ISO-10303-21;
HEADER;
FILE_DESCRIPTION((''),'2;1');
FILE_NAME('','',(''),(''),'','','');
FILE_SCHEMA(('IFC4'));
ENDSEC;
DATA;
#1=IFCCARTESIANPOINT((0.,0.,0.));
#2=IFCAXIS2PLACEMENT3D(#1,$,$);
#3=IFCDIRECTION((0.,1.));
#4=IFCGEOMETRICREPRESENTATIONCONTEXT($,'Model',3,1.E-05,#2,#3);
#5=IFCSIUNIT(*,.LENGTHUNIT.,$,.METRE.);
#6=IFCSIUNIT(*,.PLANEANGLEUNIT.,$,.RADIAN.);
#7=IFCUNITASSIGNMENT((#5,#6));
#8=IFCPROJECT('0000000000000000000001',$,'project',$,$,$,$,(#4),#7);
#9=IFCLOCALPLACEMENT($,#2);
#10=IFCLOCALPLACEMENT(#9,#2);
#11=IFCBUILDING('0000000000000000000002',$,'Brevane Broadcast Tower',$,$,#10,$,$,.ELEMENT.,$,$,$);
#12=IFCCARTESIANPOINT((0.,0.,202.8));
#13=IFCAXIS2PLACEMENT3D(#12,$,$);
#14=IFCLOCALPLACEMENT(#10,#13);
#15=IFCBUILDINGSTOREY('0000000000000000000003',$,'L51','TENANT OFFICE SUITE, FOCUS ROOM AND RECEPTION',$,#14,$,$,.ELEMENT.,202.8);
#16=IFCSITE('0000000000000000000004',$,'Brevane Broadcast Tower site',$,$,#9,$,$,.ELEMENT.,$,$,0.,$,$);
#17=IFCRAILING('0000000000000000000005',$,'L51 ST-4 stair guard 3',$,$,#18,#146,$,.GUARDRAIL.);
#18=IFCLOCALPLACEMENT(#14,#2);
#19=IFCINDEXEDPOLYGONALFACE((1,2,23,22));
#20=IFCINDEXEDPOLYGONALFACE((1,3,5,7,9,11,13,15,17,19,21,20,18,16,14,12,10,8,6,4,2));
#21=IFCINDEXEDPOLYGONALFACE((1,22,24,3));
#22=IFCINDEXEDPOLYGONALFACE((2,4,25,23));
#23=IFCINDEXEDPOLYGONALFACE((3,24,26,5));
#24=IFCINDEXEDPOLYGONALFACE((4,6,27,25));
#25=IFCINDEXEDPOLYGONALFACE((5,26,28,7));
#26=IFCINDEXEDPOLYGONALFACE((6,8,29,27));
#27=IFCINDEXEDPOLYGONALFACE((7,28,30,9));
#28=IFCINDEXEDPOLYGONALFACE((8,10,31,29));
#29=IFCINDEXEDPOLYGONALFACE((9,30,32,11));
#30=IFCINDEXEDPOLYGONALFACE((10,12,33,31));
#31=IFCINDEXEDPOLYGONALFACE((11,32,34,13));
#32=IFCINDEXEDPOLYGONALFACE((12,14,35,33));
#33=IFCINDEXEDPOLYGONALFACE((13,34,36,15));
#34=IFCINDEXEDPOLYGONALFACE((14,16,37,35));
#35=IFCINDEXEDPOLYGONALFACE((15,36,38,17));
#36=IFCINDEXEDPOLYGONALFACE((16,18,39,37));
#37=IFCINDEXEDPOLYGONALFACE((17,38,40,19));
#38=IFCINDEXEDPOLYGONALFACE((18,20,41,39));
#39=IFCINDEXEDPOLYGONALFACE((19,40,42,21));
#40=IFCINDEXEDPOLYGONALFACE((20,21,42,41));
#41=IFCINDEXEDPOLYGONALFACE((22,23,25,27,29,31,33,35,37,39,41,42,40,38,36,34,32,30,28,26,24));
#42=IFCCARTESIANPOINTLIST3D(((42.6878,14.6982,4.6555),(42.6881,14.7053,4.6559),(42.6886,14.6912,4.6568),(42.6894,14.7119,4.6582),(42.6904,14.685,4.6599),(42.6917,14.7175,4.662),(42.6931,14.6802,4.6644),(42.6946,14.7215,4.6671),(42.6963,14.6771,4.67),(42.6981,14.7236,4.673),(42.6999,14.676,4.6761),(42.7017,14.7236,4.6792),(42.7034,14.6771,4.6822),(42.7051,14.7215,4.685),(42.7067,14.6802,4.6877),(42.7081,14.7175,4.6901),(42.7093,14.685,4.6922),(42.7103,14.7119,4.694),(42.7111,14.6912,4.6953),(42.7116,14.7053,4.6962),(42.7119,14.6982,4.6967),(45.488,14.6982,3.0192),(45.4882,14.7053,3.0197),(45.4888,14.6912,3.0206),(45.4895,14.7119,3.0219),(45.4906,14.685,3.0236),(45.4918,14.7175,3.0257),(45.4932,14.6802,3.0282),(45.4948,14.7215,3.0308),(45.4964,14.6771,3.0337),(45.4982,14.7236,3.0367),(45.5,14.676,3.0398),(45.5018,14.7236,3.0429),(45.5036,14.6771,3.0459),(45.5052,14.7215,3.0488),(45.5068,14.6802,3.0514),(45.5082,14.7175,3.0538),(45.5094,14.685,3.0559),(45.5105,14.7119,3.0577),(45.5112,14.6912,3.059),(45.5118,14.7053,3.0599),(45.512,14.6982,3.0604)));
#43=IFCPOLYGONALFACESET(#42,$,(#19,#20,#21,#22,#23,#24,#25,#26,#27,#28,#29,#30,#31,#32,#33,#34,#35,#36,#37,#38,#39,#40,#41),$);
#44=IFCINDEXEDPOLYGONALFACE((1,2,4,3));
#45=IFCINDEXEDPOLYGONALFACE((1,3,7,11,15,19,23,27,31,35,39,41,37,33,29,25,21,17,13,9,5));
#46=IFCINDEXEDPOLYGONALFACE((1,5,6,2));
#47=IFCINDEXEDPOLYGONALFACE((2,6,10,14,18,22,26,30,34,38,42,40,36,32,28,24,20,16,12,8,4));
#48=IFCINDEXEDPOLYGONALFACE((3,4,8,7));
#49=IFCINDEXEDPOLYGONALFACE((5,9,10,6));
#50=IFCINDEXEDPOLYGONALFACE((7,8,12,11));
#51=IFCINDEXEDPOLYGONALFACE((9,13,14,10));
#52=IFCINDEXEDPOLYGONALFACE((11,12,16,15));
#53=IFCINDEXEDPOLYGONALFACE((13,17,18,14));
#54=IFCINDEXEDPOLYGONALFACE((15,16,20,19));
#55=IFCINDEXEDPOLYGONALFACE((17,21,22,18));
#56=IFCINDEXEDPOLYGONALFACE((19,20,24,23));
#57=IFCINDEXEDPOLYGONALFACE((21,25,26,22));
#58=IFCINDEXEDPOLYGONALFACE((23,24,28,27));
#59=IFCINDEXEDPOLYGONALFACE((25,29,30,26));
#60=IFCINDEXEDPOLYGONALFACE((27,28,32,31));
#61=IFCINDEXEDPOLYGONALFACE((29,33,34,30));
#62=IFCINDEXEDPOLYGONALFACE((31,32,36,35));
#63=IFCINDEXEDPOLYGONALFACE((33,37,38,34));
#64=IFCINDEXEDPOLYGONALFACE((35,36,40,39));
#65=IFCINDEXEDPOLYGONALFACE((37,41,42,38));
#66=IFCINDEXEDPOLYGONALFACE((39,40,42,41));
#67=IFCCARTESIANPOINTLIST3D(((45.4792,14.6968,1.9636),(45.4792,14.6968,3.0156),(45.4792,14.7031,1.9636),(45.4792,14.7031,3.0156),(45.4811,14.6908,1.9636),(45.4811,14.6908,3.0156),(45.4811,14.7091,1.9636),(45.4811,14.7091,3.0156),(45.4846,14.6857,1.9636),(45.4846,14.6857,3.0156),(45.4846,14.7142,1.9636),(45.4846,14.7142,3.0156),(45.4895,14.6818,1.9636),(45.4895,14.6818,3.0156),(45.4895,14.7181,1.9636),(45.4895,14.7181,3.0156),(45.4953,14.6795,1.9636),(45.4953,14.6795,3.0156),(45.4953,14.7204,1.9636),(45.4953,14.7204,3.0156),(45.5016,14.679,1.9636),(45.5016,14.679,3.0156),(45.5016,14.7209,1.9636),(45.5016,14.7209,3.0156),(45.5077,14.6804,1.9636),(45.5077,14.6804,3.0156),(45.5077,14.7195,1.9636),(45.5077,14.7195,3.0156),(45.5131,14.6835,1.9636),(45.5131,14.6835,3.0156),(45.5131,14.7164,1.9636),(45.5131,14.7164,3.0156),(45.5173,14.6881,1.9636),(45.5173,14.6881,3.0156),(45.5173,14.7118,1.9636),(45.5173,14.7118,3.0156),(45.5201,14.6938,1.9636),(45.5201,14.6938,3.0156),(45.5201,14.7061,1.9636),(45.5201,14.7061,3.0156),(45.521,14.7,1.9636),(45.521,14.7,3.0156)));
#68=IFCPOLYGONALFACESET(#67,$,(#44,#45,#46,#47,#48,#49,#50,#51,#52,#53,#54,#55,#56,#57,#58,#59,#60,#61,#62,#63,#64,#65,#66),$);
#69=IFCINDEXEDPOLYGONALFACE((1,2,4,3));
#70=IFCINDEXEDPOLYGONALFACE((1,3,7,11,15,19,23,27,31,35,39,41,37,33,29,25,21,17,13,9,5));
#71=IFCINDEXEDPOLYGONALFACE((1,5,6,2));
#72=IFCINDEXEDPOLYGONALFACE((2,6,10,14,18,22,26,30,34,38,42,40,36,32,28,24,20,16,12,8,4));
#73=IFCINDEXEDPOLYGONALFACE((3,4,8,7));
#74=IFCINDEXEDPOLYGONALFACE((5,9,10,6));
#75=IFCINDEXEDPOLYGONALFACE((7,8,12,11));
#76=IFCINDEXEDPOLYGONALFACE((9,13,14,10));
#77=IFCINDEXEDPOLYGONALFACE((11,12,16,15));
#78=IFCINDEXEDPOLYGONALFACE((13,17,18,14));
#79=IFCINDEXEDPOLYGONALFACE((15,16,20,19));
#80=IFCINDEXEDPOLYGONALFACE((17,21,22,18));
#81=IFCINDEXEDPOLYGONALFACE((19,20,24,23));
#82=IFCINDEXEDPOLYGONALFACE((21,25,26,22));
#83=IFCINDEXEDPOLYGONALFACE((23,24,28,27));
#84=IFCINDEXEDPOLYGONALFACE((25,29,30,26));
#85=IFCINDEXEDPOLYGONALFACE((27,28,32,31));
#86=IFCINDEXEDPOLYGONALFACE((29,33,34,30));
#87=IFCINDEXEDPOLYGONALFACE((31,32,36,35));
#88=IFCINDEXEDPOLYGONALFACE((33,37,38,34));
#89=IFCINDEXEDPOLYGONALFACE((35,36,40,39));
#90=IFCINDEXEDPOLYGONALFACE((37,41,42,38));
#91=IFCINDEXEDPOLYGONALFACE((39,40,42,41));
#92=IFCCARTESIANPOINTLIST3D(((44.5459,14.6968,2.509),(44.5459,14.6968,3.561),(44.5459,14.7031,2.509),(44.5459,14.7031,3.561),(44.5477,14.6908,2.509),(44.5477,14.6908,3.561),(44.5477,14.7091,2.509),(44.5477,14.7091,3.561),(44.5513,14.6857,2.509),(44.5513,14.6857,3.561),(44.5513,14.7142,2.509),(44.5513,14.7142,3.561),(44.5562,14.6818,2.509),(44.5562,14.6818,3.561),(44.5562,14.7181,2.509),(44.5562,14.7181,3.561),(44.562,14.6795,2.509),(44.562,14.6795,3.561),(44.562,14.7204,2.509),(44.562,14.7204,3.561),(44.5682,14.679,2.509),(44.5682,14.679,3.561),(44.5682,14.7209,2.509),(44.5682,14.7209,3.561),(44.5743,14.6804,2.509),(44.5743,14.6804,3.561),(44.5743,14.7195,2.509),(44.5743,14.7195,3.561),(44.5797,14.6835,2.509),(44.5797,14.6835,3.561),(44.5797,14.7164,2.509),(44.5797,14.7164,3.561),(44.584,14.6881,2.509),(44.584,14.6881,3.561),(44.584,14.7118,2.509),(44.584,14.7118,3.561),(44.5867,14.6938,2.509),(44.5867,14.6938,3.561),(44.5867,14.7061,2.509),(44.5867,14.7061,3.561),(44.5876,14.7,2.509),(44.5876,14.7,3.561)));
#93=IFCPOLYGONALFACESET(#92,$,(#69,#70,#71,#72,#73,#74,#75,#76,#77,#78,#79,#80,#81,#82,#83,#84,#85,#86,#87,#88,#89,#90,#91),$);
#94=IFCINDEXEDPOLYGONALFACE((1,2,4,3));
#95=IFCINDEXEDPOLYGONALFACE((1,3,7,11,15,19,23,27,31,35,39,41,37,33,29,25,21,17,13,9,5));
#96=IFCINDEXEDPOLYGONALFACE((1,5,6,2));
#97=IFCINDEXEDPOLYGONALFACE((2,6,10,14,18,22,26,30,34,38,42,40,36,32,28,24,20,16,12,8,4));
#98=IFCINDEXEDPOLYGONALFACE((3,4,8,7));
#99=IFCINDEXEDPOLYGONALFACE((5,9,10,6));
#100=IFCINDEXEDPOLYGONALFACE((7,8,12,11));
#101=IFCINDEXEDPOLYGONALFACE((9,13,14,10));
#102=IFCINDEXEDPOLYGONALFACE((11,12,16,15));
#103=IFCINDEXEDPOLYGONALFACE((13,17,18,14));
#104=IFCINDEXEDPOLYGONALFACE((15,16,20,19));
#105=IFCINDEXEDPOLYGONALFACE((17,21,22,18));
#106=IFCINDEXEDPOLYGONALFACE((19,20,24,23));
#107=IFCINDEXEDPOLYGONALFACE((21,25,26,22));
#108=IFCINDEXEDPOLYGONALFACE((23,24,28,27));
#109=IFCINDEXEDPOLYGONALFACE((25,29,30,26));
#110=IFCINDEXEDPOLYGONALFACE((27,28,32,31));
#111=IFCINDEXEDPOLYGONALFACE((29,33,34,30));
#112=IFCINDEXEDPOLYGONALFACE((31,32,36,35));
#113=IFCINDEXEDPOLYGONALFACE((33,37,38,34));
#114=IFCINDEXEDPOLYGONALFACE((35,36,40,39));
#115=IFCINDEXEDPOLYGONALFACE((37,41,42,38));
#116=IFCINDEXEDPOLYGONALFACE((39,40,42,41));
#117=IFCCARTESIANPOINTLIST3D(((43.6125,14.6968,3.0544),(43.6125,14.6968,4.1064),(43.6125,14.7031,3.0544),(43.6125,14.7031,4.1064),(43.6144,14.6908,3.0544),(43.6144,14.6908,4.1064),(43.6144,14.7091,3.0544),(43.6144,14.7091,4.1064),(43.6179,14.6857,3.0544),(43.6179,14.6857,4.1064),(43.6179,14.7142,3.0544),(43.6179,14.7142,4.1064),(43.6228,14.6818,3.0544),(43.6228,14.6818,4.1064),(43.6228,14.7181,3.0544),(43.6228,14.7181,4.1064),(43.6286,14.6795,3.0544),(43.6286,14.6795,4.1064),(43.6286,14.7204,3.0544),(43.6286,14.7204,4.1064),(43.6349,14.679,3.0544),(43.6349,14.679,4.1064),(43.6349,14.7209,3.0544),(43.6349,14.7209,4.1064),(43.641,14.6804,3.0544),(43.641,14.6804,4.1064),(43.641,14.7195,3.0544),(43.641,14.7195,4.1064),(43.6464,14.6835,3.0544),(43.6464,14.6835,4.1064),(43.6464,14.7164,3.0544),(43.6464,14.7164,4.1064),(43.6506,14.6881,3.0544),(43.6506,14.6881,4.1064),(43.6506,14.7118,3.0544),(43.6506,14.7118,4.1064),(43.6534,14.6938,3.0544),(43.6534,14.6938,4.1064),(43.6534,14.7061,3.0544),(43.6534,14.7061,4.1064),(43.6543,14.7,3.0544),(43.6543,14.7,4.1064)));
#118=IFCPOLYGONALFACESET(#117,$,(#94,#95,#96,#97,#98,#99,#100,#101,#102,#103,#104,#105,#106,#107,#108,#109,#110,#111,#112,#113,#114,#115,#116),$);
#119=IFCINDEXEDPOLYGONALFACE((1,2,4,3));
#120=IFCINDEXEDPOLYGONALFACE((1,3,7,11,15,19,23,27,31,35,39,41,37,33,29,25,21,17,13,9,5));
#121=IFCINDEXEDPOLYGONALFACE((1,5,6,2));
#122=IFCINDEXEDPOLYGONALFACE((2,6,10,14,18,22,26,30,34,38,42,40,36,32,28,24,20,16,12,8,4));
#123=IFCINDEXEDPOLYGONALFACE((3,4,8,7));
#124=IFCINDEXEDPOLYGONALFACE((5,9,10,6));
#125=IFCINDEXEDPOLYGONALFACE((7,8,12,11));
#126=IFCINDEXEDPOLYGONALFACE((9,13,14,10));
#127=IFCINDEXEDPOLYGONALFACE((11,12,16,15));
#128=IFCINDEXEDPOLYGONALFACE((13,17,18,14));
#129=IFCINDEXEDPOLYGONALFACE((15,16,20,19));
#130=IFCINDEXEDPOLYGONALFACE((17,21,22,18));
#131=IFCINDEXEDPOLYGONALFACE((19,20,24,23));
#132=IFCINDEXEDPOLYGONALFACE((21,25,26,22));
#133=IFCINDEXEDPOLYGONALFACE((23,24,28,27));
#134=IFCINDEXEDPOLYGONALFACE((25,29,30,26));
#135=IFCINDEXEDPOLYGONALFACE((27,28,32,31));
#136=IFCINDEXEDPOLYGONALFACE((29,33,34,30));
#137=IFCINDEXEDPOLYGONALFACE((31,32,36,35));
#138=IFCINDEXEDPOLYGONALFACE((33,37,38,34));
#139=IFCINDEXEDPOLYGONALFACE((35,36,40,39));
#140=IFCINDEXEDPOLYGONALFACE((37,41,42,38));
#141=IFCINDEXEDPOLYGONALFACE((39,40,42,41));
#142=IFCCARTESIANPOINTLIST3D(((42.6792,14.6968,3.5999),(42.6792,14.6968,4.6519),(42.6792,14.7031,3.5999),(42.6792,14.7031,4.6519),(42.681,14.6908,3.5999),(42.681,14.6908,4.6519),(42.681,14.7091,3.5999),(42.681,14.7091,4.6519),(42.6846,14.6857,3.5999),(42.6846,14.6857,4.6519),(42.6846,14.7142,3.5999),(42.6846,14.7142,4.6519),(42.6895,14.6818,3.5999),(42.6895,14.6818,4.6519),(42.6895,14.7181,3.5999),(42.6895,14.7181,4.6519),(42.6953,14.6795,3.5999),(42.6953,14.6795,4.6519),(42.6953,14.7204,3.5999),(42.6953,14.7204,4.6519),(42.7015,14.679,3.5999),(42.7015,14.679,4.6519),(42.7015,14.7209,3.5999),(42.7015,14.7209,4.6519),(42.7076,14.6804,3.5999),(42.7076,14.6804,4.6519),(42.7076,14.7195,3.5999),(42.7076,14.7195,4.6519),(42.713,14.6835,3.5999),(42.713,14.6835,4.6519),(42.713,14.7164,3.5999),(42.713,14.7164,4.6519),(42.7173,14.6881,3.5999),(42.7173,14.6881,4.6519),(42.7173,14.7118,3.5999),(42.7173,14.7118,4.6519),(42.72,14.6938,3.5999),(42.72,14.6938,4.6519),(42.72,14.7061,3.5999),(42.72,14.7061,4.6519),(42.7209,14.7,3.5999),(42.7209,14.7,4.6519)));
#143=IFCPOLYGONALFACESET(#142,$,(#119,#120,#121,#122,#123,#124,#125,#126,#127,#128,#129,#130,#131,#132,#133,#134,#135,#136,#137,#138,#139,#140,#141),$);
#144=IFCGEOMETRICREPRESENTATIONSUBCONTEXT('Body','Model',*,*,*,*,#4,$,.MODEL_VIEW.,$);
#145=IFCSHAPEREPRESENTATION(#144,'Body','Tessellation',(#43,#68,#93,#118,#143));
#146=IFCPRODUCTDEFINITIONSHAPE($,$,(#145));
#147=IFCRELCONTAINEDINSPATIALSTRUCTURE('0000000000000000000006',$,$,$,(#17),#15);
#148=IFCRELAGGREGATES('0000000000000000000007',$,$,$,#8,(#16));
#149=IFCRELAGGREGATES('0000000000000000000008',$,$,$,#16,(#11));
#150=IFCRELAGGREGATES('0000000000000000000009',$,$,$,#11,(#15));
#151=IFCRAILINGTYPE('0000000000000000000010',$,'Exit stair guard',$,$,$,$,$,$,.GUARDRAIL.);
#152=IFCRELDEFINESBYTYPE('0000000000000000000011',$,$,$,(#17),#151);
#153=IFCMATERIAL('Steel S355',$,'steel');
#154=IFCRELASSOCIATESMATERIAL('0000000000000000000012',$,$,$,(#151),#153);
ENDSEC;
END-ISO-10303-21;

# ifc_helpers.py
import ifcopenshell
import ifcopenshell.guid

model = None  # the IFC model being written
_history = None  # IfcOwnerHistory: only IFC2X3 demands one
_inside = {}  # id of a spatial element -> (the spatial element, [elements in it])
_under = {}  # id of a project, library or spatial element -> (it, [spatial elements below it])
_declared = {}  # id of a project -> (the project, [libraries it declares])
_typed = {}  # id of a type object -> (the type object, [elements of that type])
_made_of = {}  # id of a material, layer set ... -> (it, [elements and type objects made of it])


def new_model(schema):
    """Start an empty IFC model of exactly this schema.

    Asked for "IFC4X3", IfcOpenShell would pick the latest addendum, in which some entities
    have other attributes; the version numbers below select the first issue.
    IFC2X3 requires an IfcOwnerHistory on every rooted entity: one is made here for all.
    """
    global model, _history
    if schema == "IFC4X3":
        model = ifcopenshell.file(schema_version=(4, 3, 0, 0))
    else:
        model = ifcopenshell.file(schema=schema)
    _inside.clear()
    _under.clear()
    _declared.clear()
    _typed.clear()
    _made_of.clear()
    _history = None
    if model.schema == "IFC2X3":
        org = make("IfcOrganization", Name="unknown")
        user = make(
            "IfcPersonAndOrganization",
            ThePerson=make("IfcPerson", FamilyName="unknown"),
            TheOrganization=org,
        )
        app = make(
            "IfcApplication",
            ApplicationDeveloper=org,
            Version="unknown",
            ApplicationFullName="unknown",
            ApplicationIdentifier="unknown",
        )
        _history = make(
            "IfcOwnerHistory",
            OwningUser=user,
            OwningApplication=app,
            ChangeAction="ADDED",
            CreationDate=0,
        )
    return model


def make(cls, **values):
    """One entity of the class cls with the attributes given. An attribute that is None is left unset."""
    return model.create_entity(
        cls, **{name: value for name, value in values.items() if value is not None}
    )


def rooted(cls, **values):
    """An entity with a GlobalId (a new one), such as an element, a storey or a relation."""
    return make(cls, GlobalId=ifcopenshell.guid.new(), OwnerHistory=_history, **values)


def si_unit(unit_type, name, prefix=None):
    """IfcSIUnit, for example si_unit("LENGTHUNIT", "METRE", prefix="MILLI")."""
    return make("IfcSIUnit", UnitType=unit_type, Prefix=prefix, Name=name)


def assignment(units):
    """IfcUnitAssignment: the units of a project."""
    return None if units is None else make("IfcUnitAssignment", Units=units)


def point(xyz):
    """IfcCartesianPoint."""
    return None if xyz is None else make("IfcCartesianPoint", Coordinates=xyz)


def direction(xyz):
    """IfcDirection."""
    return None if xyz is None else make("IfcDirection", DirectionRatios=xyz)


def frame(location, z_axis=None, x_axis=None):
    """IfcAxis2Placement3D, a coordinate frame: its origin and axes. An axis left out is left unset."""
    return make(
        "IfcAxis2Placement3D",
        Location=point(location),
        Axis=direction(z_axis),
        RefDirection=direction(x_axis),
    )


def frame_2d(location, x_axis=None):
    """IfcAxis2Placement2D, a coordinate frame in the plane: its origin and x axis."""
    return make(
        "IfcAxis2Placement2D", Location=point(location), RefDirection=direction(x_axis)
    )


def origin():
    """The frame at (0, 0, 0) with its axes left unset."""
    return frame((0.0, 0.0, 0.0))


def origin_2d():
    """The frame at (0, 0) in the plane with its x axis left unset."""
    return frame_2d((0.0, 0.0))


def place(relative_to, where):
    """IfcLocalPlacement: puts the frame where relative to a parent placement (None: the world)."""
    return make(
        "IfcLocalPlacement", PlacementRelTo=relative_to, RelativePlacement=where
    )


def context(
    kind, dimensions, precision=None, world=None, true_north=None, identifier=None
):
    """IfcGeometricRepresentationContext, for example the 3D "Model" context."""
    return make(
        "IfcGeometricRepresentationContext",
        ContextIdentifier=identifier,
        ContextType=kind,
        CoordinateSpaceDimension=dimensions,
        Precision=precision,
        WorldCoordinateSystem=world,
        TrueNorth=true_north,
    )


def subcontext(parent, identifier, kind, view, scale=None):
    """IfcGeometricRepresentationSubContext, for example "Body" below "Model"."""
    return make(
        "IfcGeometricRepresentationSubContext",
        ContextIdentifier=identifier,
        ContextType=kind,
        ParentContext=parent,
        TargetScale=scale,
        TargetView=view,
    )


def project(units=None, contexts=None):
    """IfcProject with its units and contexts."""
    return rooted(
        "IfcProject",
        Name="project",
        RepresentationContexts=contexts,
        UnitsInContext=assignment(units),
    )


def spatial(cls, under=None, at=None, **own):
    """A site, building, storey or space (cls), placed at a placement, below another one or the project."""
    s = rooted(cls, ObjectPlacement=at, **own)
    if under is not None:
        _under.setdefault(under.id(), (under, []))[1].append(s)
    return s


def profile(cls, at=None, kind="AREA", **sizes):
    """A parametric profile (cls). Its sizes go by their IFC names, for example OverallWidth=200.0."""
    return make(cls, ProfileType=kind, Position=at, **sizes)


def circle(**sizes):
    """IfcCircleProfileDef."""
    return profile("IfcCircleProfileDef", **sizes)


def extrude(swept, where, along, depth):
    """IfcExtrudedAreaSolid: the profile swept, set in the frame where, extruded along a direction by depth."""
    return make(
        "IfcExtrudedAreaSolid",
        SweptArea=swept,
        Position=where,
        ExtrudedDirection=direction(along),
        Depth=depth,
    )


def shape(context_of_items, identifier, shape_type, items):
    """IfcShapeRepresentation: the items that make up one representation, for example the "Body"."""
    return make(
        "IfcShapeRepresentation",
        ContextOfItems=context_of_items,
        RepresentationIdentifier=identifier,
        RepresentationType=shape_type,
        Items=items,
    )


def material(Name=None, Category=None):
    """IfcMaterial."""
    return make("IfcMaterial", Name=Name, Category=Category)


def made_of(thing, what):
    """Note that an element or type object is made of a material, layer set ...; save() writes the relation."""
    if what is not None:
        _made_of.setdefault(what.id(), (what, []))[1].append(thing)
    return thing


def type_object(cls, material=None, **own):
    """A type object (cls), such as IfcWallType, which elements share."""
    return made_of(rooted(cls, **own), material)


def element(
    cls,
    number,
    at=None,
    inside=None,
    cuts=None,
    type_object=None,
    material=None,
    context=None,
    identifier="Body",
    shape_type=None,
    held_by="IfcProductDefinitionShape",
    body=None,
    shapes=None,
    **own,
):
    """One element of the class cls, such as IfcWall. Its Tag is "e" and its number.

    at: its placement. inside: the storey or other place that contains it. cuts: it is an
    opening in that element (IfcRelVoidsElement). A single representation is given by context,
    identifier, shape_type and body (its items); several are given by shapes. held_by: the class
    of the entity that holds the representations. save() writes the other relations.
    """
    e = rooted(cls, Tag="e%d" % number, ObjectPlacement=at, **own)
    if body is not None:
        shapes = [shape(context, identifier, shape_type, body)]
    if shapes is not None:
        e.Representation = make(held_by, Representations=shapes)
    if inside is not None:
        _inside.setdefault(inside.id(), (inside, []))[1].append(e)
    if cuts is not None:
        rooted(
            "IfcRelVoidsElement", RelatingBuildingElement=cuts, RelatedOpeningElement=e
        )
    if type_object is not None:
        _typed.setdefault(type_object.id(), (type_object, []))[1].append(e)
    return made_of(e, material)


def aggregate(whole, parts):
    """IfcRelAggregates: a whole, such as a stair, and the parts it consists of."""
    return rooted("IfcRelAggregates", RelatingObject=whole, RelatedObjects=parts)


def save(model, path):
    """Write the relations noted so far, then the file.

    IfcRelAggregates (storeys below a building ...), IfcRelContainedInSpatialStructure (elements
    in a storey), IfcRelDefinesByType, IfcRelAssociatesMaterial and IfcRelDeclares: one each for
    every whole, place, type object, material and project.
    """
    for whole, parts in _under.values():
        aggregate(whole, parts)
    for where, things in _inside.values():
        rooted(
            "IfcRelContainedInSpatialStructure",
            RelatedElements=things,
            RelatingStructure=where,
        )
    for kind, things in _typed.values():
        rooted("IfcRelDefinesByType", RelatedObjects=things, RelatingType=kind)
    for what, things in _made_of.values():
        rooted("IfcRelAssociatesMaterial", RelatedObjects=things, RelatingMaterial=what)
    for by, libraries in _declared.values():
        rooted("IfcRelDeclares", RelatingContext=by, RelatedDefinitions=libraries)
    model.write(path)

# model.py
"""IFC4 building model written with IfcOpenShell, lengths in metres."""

from ifc_helpers import new_model, si_unit, direction, frame, origin, origin_2d, place, context, subcontext, project, spatial, circle, extrude, material, type_object, element, save


model = new_model("IFC4")

# Units and contexts
model_context = context("Model", 3, precision=1e-05, world=origin(), true_north=direction((0.0, 1.0)))
body_context = subcontext(model_context, "Body", "Model", "MODEL_VIEW")
ifc_project = project(units=[si_unit("LENGTHUNIT", "METRE"), si_unit("PLANEANGLEUNIT", "RADIAN")], contexts=[model_context])

# Site, building, storey
site_placement = place(None, origin())
site = spatial("IfcSite", under=ifc_project, at=site_placement, Name="Brevane Broadcast Tower site", CompositionType="ELEMENT", RefElevation=0.0)
building_placement = place(site_placement, origin())
building = spatial("IfcBuilding", under=site, at=building_placement, Name="Brevane Broadcast Tower", CompositionType="ELEMENT")
storey_placement = place(building_placement, frame((0.0, 0.0, 202.8)))
storey = spatial("IfcBuildingStorey", under=building, at=storey_placement, Name="L51", Description="TENANT OFFICE SUITE, FOCUS ROOM AND RECEPTION", CompositionType="ELEMENT", Elevation=202.8)

# Railing
ifc_material_1 = material(Name="Steel S355", Category="steel")
railing_type_1 = type_object("IfcRailingType", Name="Exit stair guard", PredefinedType="GUARDRAIL", material=ifc_material_1)
railing_1_placement = place(storey_placement, frame((45.5, 14.7, 1.9636)))
element("IfcRailing", 1, at=railing_1_placement, inside=storey, type_object=railing_type_1, Name="L51 ST-4 stair guard 3", PredefinedType="GUARDRAIL", context=body_context, shape_type="SweptSolid", body=[
    extrude(circle(Radius=0.0239, at=origin_2d()), frame((0.0, 0.0, 1.0762), z_axis=(-0.863394, 0.0, 0.504531), x_axis=(0.0, -1.0, 0.0)), (0.0, 0.0, 1.0), 3.2432),
    extrude(circle(Radius=0.021, at=origin_2d()), origin(), (0.0, 0.0, 1.0), 1.052),
    extrude(circle(Radius=0.021, at=origin_2d()), frame((-0.9333, 0.0, 0.5454)), (0.0, 0.0, 1.0), 1.052),
    extrude(circle(Radius=0.021, at=origin_2d()), frame((-1.8667, 0.0, 1.0908)), (0.0, 0.0, 1.0), 1.052),
    extrude(circle(Radius=0.021, at=origin_2d()), frame((-2.8, 0.0, 1.6362)), (0.0, 0.0, 1.0), 1.052),
])

save(model, "model.ifc")
